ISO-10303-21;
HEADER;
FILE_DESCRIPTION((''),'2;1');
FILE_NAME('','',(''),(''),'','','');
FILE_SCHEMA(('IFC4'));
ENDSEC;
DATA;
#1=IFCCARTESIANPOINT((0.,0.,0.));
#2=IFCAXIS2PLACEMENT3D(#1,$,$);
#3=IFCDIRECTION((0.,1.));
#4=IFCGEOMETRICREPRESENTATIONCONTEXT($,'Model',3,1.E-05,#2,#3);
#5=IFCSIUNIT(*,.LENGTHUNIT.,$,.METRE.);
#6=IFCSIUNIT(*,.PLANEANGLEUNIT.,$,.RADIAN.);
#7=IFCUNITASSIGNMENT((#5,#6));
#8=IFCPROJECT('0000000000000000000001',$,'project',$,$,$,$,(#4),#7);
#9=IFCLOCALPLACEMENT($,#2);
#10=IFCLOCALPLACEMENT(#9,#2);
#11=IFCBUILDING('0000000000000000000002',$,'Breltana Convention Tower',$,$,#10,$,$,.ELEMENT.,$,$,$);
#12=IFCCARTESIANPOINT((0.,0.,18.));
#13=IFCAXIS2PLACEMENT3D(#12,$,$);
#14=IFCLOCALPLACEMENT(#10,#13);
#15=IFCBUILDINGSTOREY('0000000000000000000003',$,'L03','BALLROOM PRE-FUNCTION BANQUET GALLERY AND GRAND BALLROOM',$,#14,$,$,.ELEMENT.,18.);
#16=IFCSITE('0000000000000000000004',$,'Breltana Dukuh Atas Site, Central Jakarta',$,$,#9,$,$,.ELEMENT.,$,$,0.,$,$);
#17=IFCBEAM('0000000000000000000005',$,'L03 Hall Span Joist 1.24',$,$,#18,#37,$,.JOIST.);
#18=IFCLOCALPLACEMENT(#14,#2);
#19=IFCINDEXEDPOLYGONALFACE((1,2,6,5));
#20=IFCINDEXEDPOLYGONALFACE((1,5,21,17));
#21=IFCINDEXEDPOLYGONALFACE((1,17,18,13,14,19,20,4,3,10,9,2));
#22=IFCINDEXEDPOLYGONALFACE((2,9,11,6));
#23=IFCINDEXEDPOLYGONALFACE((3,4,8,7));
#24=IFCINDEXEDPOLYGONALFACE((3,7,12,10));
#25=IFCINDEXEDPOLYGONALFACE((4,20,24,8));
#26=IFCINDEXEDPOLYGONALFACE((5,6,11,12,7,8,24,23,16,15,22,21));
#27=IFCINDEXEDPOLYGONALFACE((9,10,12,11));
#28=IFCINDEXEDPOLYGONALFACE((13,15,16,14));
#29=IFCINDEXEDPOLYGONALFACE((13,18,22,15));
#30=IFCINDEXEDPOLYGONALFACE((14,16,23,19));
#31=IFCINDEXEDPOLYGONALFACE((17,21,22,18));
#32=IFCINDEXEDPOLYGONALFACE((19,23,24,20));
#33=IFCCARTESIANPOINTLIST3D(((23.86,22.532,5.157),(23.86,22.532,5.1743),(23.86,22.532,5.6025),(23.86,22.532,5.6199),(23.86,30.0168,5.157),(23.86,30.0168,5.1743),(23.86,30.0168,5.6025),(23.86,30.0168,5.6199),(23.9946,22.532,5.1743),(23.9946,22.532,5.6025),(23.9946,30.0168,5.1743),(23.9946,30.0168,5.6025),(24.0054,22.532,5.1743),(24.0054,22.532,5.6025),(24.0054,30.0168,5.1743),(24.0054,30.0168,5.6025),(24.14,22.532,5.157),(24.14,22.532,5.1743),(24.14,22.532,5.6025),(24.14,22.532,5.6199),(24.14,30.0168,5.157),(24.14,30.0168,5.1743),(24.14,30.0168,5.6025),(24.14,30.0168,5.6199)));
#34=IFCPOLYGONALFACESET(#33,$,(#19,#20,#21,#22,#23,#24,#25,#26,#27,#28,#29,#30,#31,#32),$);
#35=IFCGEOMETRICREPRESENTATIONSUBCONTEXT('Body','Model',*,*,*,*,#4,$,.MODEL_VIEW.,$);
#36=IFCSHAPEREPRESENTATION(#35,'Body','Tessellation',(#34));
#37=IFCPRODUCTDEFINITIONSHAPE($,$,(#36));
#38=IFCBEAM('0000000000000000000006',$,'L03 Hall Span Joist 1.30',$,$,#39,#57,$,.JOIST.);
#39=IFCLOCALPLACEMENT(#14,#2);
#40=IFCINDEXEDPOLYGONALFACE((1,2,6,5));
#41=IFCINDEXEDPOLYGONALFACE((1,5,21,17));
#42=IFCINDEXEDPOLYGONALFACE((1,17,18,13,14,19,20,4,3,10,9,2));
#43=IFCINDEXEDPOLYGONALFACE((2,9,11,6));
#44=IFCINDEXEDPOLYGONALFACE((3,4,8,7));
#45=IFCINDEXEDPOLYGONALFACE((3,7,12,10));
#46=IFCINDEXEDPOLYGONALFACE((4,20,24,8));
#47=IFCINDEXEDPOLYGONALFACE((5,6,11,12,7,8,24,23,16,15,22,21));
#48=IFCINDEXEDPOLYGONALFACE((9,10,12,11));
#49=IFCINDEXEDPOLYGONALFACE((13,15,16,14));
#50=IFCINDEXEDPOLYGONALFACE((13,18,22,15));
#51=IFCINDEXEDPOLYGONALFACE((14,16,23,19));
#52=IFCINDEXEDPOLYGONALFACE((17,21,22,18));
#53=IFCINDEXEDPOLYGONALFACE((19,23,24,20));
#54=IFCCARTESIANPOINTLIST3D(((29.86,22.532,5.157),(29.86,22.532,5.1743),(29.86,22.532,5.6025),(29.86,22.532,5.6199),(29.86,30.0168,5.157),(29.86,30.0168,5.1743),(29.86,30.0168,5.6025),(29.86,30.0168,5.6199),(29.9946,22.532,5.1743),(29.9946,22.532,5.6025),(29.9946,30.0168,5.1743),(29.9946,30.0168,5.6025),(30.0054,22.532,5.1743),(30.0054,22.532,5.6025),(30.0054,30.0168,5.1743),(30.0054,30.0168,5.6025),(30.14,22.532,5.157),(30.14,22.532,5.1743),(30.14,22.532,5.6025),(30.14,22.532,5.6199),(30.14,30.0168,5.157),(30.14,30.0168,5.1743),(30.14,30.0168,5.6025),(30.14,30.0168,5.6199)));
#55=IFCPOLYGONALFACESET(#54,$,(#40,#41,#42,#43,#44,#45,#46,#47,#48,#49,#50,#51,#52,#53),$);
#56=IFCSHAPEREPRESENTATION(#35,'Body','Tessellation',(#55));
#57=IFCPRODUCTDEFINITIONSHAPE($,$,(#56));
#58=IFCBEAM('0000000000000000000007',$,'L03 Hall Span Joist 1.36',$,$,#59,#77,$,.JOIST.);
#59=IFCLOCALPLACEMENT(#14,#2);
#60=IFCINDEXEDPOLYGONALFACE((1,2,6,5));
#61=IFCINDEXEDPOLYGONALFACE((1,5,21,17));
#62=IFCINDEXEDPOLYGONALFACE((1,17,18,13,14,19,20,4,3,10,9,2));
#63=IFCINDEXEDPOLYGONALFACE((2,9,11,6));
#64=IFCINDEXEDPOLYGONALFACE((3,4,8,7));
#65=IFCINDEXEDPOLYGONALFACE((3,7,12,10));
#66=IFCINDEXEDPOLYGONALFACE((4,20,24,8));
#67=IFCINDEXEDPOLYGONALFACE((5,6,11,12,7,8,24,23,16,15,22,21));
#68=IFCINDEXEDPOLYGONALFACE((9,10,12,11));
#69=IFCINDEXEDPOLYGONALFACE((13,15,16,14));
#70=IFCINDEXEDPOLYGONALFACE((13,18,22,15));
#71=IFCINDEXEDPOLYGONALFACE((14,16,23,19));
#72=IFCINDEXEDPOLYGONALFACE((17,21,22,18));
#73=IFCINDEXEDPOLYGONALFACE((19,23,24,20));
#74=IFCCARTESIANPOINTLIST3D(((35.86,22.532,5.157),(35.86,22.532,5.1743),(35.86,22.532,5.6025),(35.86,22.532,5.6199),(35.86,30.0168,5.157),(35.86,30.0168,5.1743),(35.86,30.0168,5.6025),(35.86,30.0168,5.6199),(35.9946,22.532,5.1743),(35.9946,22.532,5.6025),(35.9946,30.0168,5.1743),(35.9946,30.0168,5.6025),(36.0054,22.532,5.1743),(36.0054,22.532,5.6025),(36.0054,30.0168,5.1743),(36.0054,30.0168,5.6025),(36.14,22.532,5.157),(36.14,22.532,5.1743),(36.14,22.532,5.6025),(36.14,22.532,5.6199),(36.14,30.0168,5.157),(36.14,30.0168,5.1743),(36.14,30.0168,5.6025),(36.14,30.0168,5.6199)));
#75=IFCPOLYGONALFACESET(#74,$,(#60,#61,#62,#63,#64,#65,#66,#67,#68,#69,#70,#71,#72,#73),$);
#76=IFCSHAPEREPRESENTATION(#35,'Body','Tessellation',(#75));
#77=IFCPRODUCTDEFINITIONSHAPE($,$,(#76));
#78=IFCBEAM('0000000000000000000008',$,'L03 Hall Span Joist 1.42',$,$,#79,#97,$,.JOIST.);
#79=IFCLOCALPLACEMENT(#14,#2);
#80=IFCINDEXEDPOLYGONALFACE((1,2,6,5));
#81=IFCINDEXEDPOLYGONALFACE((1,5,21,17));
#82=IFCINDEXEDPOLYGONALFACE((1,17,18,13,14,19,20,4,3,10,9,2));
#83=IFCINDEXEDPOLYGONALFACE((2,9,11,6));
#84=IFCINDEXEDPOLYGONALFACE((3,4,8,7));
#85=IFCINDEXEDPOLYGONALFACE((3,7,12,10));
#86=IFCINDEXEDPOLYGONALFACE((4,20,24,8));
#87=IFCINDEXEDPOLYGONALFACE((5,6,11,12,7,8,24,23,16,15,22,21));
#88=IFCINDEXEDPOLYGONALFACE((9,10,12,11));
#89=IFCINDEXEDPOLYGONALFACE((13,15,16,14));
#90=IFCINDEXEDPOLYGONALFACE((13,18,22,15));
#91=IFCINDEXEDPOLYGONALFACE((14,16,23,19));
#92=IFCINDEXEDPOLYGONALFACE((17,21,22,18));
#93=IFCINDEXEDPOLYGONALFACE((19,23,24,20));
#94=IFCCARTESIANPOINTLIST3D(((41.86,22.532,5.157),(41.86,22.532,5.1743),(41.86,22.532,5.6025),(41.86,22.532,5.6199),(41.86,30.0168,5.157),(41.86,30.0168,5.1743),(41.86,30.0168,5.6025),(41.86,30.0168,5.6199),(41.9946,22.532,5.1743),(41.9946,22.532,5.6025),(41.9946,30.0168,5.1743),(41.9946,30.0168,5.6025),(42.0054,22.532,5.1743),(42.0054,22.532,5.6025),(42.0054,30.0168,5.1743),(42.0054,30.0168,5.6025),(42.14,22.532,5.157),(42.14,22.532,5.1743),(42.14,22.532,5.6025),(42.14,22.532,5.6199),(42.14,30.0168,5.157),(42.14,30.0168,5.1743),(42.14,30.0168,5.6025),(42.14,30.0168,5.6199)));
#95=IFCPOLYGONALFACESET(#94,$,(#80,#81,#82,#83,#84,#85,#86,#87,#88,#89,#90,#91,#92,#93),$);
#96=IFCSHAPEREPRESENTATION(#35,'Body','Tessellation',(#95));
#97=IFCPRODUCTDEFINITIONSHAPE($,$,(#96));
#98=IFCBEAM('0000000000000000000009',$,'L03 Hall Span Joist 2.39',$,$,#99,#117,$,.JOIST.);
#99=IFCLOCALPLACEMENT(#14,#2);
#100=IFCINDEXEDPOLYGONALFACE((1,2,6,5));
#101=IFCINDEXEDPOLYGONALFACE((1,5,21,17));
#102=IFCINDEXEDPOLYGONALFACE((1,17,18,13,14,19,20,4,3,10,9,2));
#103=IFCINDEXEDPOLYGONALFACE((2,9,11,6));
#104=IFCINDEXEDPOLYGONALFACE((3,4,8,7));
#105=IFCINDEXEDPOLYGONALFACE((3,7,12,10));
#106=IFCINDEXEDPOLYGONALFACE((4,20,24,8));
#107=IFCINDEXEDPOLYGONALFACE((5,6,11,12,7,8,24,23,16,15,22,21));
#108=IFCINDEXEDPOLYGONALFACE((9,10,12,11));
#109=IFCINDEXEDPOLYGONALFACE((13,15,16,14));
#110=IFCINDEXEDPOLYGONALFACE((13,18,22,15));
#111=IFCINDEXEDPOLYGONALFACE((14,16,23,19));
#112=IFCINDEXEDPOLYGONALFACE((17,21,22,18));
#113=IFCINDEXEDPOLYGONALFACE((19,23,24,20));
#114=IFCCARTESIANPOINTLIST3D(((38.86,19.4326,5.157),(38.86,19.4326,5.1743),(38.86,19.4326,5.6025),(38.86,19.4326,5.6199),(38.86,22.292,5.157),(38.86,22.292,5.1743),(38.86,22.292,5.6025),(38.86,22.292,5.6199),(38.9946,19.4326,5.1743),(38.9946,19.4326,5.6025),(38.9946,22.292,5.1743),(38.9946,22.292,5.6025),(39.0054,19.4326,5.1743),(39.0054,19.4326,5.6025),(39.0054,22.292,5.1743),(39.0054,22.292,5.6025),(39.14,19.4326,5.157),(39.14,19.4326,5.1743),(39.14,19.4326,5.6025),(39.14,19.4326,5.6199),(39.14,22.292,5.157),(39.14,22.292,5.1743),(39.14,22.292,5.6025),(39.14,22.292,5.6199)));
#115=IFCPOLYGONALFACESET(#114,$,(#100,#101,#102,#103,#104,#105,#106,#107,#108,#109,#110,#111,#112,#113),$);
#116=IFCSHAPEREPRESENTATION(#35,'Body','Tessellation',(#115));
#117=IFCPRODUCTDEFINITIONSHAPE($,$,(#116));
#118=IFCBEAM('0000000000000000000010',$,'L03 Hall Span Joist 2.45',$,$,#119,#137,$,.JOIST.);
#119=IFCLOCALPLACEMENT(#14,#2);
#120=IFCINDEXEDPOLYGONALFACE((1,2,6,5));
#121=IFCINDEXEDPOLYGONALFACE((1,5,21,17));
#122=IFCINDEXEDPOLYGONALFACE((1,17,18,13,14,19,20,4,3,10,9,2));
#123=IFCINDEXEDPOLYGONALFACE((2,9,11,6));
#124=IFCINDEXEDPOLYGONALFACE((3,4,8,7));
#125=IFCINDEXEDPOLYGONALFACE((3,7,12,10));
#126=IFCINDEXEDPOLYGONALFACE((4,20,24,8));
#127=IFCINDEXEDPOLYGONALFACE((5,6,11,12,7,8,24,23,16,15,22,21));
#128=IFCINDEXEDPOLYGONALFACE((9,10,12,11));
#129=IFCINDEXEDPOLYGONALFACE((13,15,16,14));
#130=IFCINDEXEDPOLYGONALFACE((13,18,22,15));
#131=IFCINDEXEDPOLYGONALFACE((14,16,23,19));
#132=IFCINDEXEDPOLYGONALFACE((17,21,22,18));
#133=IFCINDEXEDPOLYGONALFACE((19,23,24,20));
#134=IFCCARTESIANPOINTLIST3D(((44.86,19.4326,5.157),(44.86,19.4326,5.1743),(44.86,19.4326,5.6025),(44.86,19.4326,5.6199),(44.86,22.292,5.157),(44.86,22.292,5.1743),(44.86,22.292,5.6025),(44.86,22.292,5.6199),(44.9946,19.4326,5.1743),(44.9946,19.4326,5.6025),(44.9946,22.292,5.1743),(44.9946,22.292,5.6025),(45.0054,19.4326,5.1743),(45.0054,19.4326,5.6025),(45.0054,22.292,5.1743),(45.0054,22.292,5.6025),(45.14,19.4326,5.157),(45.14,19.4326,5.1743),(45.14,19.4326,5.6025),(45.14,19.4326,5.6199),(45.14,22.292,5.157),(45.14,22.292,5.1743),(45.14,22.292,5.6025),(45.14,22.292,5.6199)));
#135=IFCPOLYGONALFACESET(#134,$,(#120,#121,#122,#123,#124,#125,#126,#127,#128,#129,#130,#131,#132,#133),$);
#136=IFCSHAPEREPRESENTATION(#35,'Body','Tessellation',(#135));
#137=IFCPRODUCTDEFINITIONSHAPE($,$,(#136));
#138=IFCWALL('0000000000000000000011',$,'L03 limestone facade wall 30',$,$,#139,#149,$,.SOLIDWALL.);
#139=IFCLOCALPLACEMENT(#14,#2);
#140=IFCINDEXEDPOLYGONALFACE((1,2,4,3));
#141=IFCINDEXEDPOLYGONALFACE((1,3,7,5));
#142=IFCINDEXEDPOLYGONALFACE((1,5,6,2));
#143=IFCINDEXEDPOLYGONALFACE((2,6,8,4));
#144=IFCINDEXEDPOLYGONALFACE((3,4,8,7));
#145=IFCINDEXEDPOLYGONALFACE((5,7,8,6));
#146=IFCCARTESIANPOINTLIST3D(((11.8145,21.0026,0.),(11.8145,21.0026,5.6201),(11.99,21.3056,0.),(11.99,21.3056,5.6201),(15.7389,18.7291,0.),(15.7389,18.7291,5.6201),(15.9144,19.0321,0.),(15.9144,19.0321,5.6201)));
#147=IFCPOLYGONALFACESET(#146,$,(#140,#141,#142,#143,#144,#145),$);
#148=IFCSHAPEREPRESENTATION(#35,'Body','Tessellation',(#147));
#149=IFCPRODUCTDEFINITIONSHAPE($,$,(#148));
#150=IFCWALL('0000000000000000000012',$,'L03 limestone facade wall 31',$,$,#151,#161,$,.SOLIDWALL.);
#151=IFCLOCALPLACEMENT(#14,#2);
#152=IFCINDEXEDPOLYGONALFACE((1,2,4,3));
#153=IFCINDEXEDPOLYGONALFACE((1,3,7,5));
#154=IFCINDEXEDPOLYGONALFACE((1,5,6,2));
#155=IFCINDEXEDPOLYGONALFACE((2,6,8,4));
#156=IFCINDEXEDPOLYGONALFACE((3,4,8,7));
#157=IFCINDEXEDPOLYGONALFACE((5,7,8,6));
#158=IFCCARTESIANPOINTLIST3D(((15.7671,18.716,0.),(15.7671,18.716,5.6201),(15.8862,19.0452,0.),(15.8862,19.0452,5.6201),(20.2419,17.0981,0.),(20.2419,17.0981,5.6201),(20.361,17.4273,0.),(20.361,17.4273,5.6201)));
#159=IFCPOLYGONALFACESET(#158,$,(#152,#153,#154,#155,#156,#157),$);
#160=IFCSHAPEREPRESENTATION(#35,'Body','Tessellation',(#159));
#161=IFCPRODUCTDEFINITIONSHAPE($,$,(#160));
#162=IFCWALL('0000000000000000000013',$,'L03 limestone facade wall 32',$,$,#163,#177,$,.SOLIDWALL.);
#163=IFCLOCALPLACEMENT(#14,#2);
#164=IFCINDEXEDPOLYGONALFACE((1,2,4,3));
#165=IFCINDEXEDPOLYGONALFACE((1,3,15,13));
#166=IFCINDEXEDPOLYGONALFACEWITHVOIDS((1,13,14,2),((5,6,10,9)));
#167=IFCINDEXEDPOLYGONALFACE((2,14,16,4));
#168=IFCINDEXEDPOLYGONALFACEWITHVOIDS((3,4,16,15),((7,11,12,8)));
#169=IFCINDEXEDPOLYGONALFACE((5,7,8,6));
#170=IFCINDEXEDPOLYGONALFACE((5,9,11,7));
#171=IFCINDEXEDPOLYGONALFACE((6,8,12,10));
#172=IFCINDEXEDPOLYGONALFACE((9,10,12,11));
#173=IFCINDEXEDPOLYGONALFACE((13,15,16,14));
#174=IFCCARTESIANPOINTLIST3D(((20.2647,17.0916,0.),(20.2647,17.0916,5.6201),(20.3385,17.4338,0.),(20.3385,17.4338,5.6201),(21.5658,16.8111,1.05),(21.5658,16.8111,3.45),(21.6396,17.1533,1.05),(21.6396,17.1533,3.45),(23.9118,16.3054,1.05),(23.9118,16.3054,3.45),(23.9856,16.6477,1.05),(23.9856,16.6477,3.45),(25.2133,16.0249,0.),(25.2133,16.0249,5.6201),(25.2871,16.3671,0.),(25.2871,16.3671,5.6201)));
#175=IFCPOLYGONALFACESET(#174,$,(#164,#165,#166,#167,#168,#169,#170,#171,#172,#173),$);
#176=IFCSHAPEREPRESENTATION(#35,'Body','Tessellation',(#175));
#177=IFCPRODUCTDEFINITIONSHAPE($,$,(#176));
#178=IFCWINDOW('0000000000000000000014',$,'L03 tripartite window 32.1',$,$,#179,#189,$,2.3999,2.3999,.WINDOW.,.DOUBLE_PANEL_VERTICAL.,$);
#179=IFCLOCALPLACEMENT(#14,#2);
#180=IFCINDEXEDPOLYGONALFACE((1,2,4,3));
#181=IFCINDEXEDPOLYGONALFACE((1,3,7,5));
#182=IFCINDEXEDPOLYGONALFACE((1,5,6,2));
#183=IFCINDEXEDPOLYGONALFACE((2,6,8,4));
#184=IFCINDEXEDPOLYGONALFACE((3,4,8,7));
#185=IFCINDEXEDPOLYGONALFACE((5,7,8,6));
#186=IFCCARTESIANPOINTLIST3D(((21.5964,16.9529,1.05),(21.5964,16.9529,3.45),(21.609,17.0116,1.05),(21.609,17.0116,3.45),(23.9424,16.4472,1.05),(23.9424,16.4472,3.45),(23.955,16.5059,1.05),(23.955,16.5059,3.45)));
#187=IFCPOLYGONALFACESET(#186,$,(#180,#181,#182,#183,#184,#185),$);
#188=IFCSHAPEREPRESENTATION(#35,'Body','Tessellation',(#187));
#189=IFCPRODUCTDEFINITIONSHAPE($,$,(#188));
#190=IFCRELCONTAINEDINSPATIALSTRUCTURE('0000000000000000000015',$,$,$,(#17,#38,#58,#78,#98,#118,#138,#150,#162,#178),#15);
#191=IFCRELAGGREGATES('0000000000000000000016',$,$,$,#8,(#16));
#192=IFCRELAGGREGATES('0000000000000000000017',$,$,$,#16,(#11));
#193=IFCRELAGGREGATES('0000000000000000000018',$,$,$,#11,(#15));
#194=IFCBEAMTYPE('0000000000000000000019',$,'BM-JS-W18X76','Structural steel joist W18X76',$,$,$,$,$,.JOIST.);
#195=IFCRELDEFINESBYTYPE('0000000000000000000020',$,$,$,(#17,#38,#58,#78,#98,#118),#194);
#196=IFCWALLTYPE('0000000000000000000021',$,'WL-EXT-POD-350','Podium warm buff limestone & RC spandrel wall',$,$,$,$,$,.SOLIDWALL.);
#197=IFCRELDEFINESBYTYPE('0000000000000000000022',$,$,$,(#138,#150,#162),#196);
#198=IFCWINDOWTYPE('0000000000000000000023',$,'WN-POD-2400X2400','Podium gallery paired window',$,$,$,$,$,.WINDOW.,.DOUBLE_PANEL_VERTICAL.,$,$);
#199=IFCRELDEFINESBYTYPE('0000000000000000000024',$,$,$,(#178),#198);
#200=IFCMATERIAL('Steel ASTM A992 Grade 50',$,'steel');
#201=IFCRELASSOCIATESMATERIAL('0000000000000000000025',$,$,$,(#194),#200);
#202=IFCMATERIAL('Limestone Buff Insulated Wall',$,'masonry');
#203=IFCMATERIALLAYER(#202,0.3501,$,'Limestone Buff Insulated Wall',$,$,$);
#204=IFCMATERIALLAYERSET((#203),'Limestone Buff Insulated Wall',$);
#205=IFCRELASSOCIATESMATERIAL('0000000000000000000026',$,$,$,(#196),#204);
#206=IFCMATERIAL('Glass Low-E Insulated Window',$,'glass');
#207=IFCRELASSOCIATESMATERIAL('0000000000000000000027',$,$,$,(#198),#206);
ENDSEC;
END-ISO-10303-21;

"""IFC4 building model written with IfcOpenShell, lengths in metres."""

from ifc_helpers import new_model, si_unit, direction, frame, frame_2d, origin, origin_2d, place, context, subcontext, project, spatial, rectangle, i_section, extrude, source, transform, mapped, material, layer, layer_set, material_profile, profile_set, type_object, type_shapes, element, fill, save


model = new_model("IFC4")

# Units and contexts
model_context = context("Model", 3, precision=1e-05, world=origin(), true_north=direction((0.0, 1.0)))
body_context = subcontext(model_context, "Body", "Model", "MODEL_VIEW")
ifc_project = project(units=[si_unit("LENGTHUNIT", "METRE"), si_unit("PLANEANGLEUNIT", "RADIAN")], contexts=[model_context])

# Site, building, storey
site_placement = place(None, origin())
site = spatial("IfcSite", under=ifc_project, at=site_placement, Name="Breltana Dukuh Atas Site, Central Jakarta", CompositionType="ELEMENT", RefElevation=0.0)
building_placement = place(site_placement, origin())
building = spatial("IfcBuilding", under=site, at=building_placement, Name="Breltana Convention Tower", CompositionType="ELEMENT")
storey_placement = place(building_placement, frame((0.0, 0.0, 18.0)))
storey = spatial("IfcBuildingStorey", under=building, at=storey_placement, Name="L03", Description="BALLROOM PRE-FUNCTION BANQUET GALLERY AND GRAND BALLROOM", CompositionType="ELEMENT", Elevation=18.0)

# Beams
ifc_material_1 = material(Name="Steel ASTM A992 Grade 50", Category="steel")
ifc_material_profile_1 = material_profile(ifc_material_1, i_section(OverallWidth=0.28, OverallDepth=0.4629, WebThickness=0.0107, FlangeThickness=0.0173, at=origin_2d()), Name="W18X76")
ifc_profile_set_1 = profile_set([ifc_material_profile_1], Name="Steel ASTM A992 Grade 50")
beam_type_1 = type_object("IfcBeamType", Name="BM-JS-W18X76", Description="Structural steel joist W18X76", PredefinedType="JOIST", material=ifc_profile_set_1)
shared_shape_1 = source(origin(), body_context, "Body", "SweptSolid", [
    extrude(i_section(OverallWidth=0.28, OverallDepth=0.4629, WebThickness=0.0107, FlangeThickness=0.0173, at=origin_2d()), origin(), (0.0, 0.0, 1.0), 7.4849),
])
type_shapes(beam_type_1, [shared_shape_1])
for number, where, z_axis, x_axis, name in (
    (1, (24.0, 22.532, 5.3884), (0.0, 1.0, 0.0), (-1.0, 0.0, 0.0), "L03 Hall Span Joist 1.24"),
    (2, (30.0, 22.532, 5.3884), (0.0, 1.0, 0.0), (-1.0, 0.0, 0.0), "L03 Hall Span Joist 1.30"),
    (3, (36.0, 22.532, 5.3884), (0.0, 1.0, 0.0), (-1.0, 0.0, 0.0), "L03 Hall Span Joist 1.36"),
    (4, (42.0, 22.532, 5.3884), (0.0, 1.0, 0.0), (-1.0, 0.0, 0.0), "L03 Hall Span Joist 1.42"),
):
    element("IfcBeam", number, at=place(storey_placement, frame(where, z_axis=z_axis, x_axis=x_axis)), inside=storey, type_object=beam_type_1, Name=name, PredefinedType="JOIST", context=body_context, shape_type="MappedRepresentation", body=[
        mapped(shared_shape_1, transform((0.0, 0.0, 0.0), scale=1.0)),
    ])
shared_shape_2 = source(origin(), body_context, "Body", "SweptSolid", [
    extrude(i_section(OverallWidth=0.28, OverallDepth=0.4629, WebThickness=0.0107, FlangeThickness=0.0173, at=origin_2d()), origin(), (0.0, 0.0, 1.0), 2.8594),
])
for number, where, z_axis, x_axis, name in (
    (5, (39.0, 19.4326, 5.3884), (0.0, 1.0, 0.0), (-1.0, 0.0, 0.0), "L03 Hall Span Joist 2.39"),
    (6, (45.0, 19.4326, 5.3884), (0.0, 1.0, 0.0), (-1.0, 0.0, 0.0), "L03 Hall Span Joist 2.45"),
):
    element("IfcBeam", number, at=place(storey_placement, frame(where, z_axis=z_axis, x_axis=x_axis)), inside=storey, type_object=beam_type_1, Name=name, PredefinedType="JOIST", context=body_context, shape_type="MappedRepresentation", body=[
        mapped(shared_shape_2, transform((0.0, 0.0, 0.0), scale=1.0)),
    ])

# Walls
ifc_material_2 = material(Name="Limestone Buff Insulated Wall", Category="masonry")
ifc_layer_1 = layer(ifc_material_2, 0.3501, Name="Limestone Buff Insulated Wall")
ifc_layer_set_1 = layer_set([ifc_layer_1], Name="Limestone Buff Insulated Wall")
wall_type_1 = type_object("IfcWallType", Name="WL-EXT-POD-350", Description="Podium warm buff limestone & RC spandrel wall", PredefinedType="SOLIDWALL", material=ifc_layer_set_1)
shared_shape_3 = source(origin(), body_context, "Body", "SweptSolid", [
    extrude(rectangle(XDim=4.5354, YDim=0.3501, at=frame_2d((2.2676, 0.0))), origin(), (0.0, 0.0, 1.0), 5.6201),
])
wall_1_placement = place(storey_placement, frame((11.9023, 21.1541, 0.0), z_axis=(0.0, 0.0, 1.0), x_axis=(0.865286, -0.501278, 0.0)))
element("IfcWall", 7, at=wall_1_placement, inside=storey, type_object=wall_type_1, Name="L03 limestone facade wall 30", PredefinedType="SOLIDWALL", context=body_context, shape_type="MappedRepresentation", body=[
    mapped(shared_shape_3, transform((0.0, 0.0, 0.0), scale=1.0)),
])
shared_shape_4 = source(origin(), body_context, "Body", "SweptSolid", [
    extrude(rectangle(XDim=4.7583, YDim=0.3501, at=frame_2d((2.3792, 0.0))), origin(), (0.0, 0.0, 1.0), 5.6201),
])
wall_2_placement = place(storey_placement, frame((15.8267, 18.8806, 0.0), z_axis=(0.0, 0.0, 1.0), x_axis=(0.94042, -0.340016, 0.0)))
element("IfcWall", 8, at=wall_2_placement, inside=storey, type_object=wall_type_1, Name="L03 limestone facade wall 31", PredefinedType="SOLIDWALL", context=body_context, shape_type="MappedRepresentation", body=[
    mapped(shared_shape_4, transform((0.0, 0.0, 0.0), scale=1.0)),
])

# Wall, opening, window
shared_shape_5 = source(origin(), body_context, "Body", "SweptSolid", [
    extrude(rectangle(XDim=5.0623, YDim=0.3501, at=frame_2d((2.5312, 0.0))), origin(), (0.0, 0.0, 1.0), 5.6201),
])
wall_3_placement = place(storey_placement, frame((20.3015, 17.2627, 0.0), z_axis=(0.0, 0.0, 1.0), x_axis=(0.977548, -0.210711, 0.0)))
wall_3 = element("IfcWall", 9, at=wall_3_placement, inside=storey, type_object=wall_type_1, Name="L03 limestone facade wall 32", PredefinedType="SOLIDWALL", context=body_context, shape_type="MappedRepresentation", body=[
    mapped(shared_shape_5, transform((0.0, 0.0, 0.0), scale=1.0)),
])
opening_1_placement = place(wall_3_placement, frame((1.3311, 0.0, 1.05)))
opening_1 = element("IfcOpeningElement", 10, at=opening_1_placement, cuts=wall_3, PredefinedType="OPENING", context=body_context, shape_type="SweptSolid", body=[
    extrude(rectangle(XDim=2.3999, YDim=2.3999, at=frame_2d((1.2, 1.2))), frame((0.0, 0.1851, 0.0), z_axis=(0.0, -1.0, 0.0), x_axis=(1.0, 0.0, 0.0)), (0.0, 0.0, 1.0), 0.3701),
])
ifc_material_3 = material(Name="Glass Low-E Insulated Window", Category="glass")
window_type_1 = type_object("IfcWindowType", Name="WN-POD-2400X2400", Description="Podium gallery paired window", PartitioningType="DOUBLE_PANEL_VERTICAL", PredefinedType="WINDOW", material=ifc_material_3)
shared_shape_6 = source(origin(), body_context, "Body", "SweptSolid", [
    extrude(rectangle(XDim=2.3999, YDim=2.3999, at=frame_2d((1.2, 1.2))), frame((0.0, 0.03, 0.0), z_axis=(0.0, -1.0, 0.0), x_axis=(1.0, 0.0, 0.0)), (0.0, 0.0, 1.0), 0.0601),
])
type_shapes(window_type_1, [shared_shape_6])
window_1_placement = place(opening_1_placement, origin())
window_1 = element("IfcWindow", 11, at=window_1_placement, inside=storey, type_object=window_type_1, Name="L03 tripartite window 32.1", OverallHeight=2.3999, OverallWidth=2.3999, PartitioningType="DOUBLE_PANEL_VERTICAL", PredefinedType="WINDOW", context=body_context, shape_type="MappedRepresentation", body=[
    mapped(shared_shape_6, transform((0.0, 0.0, 0.0), scale=1.0)),
])
fill(opening_1, window_1)

save(model, "model.ifc")
